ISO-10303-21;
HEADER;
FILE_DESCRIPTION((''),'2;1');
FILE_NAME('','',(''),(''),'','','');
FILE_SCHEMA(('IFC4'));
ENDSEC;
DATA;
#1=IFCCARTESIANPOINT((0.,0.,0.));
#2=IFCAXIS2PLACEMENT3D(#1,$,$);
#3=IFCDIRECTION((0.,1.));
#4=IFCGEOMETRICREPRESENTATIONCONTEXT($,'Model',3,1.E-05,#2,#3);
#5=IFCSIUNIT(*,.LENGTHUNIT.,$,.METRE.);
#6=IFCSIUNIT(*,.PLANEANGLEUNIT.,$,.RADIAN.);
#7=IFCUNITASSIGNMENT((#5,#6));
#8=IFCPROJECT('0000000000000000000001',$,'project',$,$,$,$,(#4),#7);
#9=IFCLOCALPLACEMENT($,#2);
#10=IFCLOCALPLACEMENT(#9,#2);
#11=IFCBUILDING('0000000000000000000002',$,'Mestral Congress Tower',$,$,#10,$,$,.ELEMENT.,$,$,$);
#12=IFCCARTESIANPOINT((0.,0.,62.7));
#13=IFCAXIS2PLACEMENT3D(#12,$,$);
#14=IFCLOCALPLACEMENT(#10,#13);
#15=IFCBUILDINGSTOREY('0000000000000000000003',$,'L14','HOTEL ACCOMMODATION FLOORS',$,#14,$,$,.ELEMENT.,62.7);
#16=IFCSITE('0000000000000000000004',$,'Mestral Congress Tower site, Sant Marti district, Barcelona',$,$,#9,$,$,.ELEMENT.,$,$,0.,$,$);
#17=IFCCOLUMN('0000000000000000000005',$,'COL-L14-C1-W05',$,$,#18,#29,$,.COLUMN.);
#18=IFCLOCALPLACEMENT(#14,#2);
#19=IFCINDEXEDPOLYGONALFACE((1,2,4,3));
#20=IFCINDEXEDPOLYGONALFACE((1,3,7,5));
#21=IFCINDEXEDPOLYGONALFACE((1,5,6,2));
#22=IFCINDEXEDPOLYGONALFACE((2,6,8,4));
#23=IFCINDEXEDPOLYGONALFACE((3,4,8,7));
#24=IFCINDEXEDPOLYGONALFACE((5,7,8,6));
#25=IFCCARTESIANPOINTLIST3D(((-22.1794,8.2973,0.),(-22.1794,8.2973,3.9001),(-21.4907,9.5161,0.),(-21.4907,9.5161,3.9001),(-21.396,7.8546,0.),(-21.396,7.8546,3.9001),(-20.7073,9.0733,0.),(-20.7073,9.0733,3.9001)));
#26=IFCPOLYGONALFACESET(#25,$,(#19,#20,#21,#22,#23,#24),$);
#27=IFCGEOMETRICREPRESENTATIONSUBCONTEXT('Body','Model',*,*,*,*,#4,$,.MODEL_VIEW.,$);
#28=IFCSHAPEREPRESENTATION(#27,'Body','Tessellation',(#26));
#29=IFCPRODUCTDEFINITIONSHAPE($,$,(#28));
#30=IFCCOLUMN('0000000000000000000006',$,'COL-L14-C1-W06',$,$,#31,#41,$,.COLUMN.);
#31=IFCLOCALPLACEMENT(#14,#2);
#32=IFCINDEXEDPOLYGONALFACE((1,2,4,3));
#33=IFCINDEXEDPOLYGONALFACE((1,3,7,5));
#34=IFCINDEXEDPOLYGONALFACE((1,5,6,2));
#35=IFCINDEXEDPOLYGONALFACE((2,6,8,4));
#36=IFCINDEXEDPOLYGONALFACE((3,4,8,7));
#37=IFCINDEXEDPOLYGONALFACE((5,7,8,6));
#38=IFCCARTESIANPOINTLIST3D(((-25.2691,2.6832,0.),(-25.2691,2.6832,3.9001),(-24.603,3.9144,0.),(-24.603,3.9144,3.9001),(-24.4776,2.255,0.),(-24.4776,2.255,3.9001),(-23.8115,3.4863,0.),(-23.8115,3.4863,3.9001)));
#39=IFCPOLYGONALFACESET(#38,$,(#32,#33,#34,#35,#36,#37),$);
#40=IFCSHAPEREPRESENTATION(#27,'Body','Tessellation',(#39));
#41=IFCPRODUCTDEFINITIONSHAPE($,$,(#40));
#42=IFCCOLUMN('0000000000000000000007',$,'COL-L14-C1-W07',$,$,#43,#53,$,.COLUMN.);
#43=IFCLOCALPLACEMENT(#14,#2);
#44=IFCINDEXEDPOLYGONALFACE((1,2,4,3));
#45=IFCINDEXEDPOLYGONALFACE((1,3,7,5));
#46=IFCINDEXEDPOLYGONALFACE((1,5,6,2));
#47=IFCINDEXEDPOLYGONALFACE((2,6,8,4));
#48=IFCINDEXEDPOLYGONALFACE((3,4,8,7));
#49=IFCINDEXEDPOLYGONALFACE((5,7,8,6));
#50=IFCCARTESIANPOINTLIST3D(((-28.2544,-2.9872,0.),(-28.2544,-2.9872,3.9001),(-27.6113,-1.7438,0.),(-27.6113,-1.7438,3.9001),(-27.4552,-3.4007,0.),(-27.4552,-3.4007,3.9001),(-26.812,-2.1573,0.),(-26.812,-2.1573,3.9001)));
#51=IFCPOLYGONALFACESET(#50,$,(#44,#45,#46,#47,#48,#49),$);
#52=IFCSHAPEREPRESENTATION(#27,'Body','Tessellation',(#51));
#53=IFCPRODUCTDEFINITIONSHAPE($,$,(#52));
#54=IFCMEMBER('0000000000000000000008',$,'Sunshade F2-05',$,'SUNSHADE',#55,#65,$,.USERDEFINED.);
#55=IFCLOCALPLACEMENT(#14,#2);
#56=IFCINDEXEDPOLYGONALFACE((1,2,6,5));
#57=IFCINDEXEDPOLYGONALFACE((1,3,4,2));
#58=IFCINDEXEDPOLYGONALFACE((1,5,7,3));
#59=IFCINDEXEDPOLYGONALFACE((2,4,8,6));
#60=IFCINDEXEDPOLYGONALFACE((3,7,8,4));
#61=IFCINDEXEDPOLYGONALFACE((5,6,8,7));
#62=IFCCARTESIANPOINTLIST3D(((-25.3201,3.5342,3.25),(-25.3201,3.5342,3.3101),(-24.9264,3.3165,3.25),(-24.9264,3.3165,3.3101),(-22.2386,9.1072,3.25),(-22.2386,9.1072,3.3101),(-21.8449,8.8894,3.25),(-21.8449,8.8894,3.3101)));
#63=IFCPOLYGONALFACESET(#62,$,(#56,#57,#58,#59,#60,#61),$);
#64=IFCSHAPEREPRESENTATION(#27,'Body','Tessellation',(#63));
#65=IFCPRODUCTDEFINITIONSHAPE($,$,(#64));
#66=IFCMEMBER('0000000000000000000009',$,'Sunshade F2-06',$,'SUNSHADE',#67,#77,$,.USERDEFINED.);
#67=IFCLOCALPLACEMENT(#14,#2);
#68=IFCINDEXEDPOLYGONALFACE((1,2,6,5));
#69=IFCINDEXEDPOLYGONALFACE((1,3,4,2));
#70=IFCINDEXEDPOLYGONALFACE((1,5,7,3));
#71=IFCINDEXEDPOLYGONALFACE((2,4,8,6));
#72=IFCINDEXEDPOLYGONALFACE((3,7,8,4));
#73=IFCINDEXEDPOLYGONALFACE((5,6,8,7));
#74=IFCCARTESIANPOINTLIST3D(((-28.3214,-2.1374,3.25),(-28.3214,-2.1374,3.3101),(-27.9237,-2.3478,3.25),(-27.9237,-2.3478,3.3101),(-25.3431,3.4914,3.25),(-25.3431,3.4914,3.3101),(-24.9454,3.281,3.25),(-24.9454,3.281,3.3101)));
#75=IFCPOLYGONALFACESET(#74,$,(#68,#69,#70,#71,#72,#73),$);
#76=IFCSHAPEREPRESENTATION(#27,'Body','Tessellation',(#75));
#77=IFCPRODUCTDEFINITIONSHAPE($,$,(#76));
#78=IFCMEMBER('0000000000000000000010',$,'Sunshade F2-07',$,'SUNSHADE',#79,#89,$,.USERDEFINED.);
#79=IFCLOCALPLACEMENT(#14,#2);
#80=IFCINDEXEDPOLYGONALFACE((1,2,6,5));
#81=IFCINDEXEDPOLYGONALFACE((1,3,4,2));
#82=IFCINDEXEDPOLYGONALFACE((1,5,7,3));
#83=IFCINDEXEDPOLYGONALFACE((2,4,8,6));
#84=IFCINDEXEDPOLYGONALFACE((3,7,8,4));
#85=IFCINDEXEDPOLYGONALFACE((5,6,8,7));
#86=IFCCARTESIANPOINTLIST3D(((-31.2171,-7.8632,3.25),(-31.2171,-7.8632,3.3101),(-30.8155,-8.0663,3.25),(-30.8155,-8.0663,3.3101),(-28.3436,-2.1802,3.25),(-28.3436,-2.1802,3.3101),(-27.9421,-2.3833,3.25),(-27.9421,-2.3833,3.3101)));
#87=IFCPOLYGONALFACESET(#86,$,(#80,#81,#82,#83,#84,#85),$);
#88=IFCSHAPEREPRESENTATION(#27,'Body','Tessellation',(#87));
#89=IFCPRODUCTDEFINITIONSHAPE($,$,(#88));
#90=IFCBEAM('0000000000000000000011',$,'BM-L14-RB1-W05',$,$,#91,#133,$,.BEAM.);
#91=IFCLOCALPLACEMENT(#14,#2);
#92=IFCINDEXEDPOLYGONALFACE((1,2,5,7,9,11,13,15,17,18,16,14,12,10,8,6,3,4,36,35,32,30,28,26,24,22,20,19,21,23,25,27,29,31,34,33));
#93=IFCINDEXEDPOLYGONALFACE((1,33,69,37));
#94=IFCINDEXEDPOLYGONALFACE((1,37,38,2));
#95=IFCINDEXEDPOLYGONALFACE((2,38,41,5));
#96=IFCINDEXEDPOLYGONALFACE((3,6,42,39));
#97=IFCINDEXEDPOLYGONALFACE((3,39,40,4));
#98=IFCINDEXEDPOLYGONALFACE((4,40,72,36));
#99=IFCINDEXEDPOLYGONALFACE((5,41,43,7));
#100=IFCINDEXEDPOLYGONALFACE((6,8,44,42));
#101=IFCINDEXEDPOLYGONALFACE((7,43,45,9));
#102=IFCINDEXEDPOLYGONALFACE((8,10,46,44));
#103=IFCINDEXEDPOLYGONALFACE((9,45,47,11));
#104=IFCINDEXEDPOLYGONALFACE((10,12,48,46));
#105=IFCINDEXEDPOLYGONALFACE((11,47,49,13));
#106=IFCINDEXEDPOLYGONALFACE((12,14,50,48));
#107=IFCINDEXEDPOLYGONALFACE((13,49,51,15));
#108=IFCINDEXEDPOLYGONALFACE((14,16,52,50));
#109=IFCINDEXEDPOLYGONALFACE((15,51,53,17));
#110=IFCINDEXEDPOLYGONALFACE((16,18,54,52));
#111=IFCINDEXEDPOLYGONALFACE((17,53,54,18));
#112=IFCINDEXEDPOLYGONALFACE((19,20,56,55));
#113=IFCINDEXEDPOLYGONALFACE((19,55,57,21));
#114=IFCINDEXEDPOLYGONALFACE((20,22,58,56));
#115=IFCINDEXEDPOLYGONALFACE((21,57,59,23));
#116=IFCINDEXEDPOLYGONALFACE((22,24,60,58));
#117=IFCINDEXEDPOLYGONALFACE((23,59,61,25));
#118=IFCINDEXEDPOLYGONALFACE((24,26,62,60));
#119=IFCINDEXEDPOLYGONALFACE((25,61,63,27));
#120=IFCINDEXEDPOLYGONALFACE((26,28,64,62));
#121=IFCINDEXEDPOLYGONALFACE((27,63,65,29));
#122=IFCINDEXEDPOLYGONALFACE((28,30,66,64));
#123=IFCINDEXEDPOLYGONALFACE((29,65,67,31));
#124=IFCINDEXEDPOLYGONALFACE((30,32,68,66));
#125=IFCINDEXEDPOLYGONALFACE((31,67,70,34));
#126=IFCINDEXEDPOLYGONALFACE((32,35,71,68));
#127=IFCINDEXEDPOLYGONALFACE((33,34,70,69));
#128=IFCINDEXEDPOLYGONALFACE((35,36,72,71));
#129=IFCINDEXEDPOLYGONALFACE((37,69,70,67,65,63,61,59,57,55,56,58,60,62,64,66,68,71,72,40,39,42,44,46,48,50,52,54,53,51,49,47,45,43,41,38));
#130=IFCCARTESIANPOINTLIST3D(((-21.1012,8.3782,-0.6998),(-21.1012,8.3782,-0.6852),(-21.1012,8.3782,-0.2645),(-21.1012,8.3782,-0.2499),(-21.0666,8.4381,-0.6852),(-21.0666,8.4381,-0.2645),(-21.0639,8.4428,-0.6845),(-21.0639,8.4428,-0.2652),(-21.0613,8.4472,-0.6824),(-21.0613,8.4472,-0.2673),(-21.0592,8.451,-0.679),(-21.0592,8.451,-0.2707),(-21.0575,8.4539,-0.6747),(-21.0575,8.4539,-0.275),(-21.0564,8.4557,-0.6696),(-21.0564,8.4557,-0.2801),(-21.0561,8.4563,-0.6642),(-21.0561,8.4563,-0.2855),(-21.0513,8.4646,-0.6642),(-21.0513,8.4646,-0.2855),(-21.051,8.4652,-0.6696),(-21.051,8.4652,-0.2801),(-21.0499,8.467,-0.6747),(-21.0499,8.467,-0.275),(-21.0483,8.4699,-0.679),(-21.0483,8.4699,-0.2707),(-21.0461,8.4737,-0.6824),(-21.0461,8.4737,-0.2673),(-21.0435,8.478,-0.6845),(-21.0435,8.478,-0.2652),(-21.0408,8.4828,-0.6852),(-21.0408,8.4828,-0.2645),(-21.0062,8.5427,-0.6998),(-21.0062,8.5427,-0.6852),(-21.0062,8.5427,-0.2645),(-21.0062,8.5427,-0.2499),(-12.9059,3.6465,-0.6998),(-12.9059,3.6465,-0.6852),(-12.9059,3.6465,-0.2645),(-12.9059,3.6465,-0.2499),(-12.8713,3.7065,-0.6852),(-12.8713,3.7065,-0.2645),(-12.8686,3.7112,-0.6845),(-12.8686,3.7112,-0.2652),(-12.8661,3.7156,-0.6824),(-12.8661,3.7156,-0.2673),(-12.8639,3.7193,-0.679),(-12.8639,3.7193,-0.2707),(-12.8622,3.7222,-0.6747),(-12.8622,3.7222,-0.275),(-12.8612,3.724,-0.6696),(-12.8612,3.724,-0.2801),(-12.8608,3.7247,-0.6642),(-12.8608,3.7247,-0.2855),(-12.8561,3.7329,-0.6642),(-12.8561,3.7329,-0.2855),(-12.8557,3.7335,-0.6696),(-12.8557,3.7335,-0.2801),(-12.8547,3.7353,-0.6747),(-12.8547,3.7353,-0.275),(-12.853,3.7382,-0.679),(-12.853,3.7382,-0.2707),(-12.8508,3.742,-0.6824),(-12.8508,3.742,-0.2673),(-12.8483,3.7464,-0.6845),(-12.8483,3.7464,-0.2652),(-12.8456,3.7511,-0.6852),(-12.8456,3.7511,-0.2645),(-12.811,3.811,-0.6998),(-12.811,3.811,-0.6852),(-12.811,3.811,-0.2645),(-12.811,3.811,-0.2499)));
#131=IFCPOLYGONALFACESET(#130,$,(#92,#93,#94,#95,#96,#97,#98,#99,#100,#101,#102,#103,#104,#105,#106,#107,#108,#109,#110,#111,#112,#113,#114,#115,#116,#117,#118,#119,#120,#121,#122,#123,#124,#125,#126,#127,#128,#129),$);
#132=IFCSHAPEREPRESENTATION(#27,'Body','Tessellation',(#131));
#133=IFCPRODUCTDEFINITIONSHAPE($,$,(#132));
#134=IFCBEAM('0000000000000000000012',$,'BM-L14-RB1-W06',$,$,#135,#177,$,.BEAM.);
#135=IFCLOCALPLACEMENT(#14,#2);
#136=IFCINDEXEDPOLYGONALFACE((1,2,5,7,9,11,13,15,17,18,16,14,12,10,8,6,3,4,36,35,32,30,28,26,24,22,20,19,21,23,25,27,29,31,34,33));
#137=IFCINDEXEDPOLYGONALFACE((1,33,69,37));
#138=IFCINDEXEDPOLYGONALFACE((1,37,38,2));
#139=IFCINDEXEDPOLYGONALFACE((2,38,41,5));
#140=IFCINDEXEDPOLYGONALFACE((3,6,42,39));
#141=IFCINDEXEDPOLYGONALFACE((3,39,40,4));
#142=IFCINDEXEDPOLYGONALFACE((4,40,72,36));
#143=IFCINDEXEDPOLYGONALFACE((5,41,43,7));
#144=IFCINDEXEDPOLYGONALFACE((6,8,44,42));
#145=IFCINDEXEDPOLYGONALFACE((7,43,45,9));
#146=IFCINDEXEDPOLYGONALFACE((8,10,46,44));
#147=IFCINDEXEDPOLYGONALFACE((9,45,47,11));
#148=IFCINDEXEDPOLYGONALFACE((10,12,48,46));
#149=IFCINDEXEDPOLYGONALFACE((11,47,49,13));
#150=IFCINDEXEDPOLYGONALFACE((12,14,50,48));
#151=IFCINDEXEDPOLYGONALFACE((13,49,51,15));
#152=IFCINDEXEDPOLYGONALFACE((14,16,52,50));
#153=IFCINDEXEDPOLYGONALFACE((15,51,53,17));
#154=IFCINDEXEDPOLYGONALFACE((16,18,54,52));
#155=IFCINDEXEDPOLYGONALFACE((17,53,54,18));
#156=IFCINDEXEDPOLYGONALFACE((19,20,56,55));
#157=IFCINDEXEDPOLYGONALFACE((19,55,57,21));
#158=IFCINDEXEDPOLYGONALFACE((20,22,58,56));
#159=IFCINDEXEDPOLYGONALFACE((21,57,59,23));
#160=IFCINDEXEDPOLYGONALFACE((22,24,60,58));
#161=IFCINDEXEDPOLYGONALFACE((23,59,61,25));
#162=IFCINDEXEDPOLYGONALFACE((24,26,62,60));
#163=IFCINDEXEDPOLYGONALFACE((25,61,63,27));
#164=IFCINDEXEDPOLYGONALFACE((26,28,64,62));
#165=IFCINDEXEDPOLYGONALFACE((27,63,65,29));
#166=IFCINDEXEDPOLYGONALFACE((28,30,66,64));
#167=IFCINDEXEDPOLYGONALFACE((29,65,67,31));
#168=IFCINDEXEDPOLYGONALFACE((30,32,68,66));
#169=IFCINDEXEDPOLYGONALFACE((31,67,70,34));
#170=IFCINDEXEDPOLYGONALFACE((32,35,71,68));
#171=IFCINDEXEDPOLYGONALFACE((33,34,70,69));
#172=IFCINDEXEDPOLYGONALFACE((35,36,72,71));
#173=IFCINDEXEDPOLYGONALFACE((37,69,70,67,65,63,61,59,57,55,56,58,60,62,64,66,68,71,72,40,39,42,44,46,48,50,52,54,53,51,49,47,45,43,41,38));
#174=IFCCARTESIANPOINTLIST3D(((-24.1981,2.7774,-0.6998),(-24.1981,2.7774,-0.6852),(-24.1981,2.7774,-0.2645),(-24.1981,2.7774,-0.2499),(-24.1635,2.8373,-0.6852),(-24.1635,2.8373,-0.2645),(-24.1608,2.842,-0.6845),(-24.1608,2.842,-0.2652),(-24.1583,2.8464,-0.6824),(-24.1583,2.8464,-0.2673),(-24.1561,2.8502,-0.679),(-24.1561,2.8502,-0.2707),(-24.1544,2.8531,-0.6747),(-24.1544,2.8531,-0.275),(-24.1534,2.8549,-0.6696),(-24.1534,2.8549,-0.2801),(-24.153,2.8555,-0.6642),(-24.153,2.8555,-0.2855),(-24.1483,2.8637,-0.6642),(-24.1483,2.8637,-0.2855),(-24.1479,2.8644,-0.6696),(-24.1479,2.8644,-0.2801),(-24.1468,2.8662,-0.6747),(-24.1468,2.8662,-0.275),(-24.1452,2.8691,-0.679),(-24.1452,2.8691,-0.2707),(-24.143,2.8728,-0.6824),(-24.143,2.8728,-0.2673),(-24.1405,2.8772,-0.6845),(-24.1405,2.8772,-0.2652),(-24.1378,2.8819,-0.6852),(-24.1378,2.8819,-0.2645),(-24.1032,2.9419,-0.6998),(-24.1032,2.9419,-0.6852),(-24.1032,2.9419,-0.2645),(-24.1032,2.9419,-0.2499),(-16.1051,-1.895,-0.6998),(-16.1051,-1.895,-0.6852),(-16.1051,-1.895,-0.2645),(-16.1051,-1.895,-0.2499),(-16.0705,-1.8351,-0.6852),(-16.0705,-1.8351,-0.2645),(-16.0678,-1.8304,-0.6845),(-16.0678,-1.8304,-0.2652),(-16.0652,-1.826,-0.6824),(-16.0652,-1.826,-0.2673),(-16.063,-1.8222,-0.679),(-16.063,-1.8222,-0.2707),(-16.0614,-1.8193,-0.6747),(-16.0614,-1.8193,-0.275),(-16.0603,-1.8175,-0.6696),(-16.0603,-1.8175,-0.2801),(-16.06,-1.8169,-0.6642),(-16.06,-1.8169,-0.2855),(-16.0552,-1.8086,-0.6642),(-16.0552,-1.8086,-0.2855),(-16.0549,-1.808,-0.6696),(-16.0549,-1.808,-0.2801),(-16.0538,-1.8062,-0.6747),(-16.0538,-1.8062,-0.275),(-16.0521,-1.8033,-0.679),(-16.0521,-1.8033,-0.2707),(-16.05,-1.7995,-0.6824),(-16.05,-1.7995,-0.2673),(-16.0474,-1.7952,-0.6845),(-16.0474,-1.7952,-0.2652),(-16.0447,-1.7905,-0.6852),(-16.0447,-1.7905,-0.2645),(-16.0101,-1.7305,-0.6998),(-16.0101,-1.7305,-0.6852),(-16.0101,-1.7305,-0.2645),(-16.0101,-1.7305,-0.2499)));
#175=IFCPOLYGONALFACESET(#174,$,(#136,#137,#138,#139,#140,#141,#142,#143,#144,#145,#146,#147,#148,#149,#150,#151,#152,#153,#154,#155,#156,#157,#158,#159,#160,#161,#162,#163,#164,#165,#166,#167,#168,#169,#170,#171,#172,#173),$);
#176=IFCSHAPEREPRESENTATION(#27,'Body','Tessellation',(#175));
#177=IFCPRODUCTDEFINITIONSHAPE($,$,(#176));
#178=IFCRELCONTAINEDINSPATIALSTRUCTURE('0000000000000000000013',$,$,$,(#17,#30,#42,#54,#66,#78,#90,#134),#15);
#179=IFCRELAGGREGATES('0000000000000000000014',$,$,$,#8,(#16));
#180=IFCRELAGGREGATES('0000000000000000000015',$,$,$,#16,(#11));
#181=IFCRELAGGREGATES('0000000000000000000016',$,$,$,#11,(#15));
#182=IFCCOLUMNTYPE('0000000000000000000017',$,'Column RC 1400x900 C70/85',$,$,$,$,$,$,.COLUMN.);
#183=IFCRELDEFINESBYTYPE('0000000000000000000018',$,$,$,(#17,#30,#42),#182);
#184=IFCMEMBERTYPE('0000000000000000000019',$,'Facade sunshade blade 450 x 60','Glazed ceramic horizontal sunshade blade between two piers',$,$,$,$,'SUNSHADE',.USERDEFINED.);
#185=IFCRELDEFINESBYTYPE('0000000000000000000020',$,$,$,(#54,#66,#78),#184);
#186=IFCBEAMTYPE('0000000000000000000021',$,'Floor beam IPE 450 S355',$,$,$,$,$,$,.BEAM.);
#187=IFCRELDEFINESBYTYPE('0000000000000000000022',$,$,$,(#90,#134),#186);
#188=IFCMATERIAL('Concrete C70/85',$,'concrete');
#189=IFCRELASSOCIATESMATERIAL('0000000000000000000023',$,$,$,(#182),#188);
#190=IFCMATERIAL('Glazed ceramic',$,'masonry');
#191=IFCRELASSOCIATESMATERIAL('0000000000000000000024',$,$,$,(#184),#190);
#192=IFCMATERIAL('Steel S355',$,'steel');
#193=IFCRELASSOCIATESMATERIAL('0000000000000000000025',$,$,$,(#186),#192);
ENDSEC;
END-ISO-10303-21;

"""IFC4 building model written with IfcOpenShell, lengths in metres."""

from ifc_helpers import new_model, si_unit, direction, frame, origin, origin_2d, place, context, subcontext, project, spatial, rectangle, i_section, extrude, material, material_profile, profile_set, type_object, element, save


model = new_model("IFC4")

# Units and contexts
model_context = context("Model", 3, precision=1e-05, world=origin(), true_north=direction((0.0, 1.0)))
body_context = subcontext(model_context, "Body", "Model", "MODEL_VIEW")
ifc_project = project(units=[si_unit("LENGTHUNIT", "METRE"), si_unit("PLANEANGLEUNIT", "RADIAN")], contexts=[model_context])

# Site, building, storey
site_placement = place(None, origin())
site = spatial("IfcSite", under=ifc_project, at=site_placement, Name="Mestral Congress Tower site, Sant Marti district, Barcelona", CompositionType="ELEMENT", RefElevation=0.0)
building_placement = place(site_placement, origin())
building = spatial("IfcBuilding", under=site, at=building_placement, Name="Mestral Congress Tower", CompositionType="ELEMENT")
storey_placement = place(building_placement, frame((0.0, 0.0, 62.7)))
storey = spatial("IfcBuildingStorey", under=building, at=storey_placement, Name="L14", Description="HOTEL ACCOMMODATION FLOORS", CompositionType="ELEMENT", Elevation=62.7)

# Columns
ifc_material_1 = material(Name="Concrete C70/85", Category="concrete")
ifc_material_profile_1 = material_profile(ifc_material_1, rectangle(XDim=1.3999, YDim=0.8999, at=origin_2d()), Name="RC 1400x900")
ifc_profile_set_1 = profile_set([ifc_material_profile_1], Name="Concrete C70/85")
column_type = type_object("IfcColumnType", Name="Column RC 1400x900 C70/85", PredefinedType="COLUMN", material=ifc_profile_set_1)
for number, where, z_axis, x_axis, name in (
    (1, (-21.4434, 8.6853, 0.0), (0.0, 0.0, 1.0), (-0.491974, -0.87061, 0.0), "COL-L14-C1-W05"),
    (2, (-24.5403, 3.0847, 0.0), (0.0, 0.0, 1.0), (-0.475796, -0.879556, 0.0), "COL-L14-C1-W06"),
    (3, (-27.5332, -2.5723, 0.0), (0.0, 0.0, 1.0), (-0.459456, -0.888201, 0.0), "COL-L14-C1-W07"),
):
    element("IfcColumn", number, at=place(storey_placement, frame(where, z_axis=z_axis, x_axis=x_axis)), inside=storey, type_object=column_type, Name=name, PredefinedType="COLUMN", context=body_context, shape_type="SweptSolid", body=[
        extrude(rectangle(XDim=1.3999, YDim=0.8999, at=origin_2d()), origin(), (0.0, 0.0, 1.0), 3.9001),
    ])

# Members
ifc_material_2 = material(Name="Glazed ceramic", Category="masonry")
ifc_material_profile_2 = material_profile(ifc_material_2, rectangle(XDim=0.45, YDim=0.0601, at=origin_2d()), Name="Ceramic blade 450 x 60")
ifc_profile_set_2 = profile_set([ifc_material_profile_2], Name="Glazed ceramic")
member_type = type_object("IfcMemberType", Name="Facade sunshade blade 450 x 60", Description="Glazed ceramic horizontal sunshade blade between two piers", ElementType="SUNSHADE", PredefinedType="USERDEFINED", material=ifc_profile_set_2)
for number, where, z_axis, x_axis, name in (
    (4, (-22.0417, 8.9983, 3.28), (-0.483894, -0.875127, 0.0), (0.875127, -0.483894, 0.0), "Sunshade F2-05"),
    (5, (-25.1443, 3.3862, 3.28), (-0.467675, -0.883901, 0.0), (0.883901, -0.467675, 0.0), "Sunshade F2-06"),
    (6, (-28.1428, -2.2817, 3.28), (-0.451227, -0.892409, 0.0), (0.892409, -0.451227, 0.0), "Sunshade F2-07"),
):
    element("IfcMember", number, at=place(storey_placement, frame(where, z_axis=z_axis, x_axis=x_axis)), inside=storey, type_object=member_type, Name=name, ObjectType="SUNSHADE", PredefinedType="USERDEFINED", context=body_context, shape_type="SweptSolid", body=[
        extrude(rectangle(XDim=0.45, YDim=0.0601, at=origin_2d()), origin(), (0.0, 0.0, 1.0), 6.3682),
    ])

# Beams
ifc_material_3 = material(Name="Steel S355", Category="steel")
ifc_material_profile_3 = material_profile(ifc_material_3, i_section(OverallWidth=0.1899, OverallDepth=0.45, WebThickness=0.0095, FlangeThickness=0.0146, FilletRadius=0.021, at=origin_2d()), Name="IPE 450")
ifc_profile_set_3 = profile_set([ifc_material_profile_3], Name="Steel S355")
beam_type_1 = type_object("IfcBeamType", Name="Floor beam IPE 450 S355", PredefinedType="BEAM", material=ifc_profile_set_3)
beam_1_placement = place(storey_placement, frame((-21.0537, 8.4604, -0.4749), z_axis=(0.86602, -0.50001, 0.0), x_axis=(0.50001, 0.86602, 0.0)))
element("IfcBeam", 7, at=beam_1_placement, inside=storey, type_object=beam_type_1, Name="BM-L14-RB1-W05", PredefinedType="BEAM", context=body_context, shape_type="SweptSolid", body=[
    extrude(i_section(OverallWidth=0.1899, OverallDepth=0.45, WebThickness=0.0095, FlangeThickness=0.0146, FilletRadius=0.021, at=origin_2d()), origin(), (0.0, 0.0, 1.0), 9.4631),
])
beam_2_placement = place(storey_placement, frame((-24.1506, 2.8596, -0.4749), z_axis=(0.866032, -0.499989, 0.0), x_axis=(0.499989, 0.866032, 0.0)))
element("IfcBeam", 8, at=beam_2_placement, inside=storey, type_object=beam_type_1, Name="BM-L14-RB1-W06", PredefinedType="BEAM", context=body_context, shape_type="SweptSolid", body=[
    extrude(i_section(OverallWidth=0.1899, OverallDepth=0.45, WebThickness=0.0095, FlangeThickness=0.0146, FilletRadius=0.021, at=origin_2d()), origin(), (0.0, 0.0, 1.0), 9.345),
])

save(model, "model.ifc")
